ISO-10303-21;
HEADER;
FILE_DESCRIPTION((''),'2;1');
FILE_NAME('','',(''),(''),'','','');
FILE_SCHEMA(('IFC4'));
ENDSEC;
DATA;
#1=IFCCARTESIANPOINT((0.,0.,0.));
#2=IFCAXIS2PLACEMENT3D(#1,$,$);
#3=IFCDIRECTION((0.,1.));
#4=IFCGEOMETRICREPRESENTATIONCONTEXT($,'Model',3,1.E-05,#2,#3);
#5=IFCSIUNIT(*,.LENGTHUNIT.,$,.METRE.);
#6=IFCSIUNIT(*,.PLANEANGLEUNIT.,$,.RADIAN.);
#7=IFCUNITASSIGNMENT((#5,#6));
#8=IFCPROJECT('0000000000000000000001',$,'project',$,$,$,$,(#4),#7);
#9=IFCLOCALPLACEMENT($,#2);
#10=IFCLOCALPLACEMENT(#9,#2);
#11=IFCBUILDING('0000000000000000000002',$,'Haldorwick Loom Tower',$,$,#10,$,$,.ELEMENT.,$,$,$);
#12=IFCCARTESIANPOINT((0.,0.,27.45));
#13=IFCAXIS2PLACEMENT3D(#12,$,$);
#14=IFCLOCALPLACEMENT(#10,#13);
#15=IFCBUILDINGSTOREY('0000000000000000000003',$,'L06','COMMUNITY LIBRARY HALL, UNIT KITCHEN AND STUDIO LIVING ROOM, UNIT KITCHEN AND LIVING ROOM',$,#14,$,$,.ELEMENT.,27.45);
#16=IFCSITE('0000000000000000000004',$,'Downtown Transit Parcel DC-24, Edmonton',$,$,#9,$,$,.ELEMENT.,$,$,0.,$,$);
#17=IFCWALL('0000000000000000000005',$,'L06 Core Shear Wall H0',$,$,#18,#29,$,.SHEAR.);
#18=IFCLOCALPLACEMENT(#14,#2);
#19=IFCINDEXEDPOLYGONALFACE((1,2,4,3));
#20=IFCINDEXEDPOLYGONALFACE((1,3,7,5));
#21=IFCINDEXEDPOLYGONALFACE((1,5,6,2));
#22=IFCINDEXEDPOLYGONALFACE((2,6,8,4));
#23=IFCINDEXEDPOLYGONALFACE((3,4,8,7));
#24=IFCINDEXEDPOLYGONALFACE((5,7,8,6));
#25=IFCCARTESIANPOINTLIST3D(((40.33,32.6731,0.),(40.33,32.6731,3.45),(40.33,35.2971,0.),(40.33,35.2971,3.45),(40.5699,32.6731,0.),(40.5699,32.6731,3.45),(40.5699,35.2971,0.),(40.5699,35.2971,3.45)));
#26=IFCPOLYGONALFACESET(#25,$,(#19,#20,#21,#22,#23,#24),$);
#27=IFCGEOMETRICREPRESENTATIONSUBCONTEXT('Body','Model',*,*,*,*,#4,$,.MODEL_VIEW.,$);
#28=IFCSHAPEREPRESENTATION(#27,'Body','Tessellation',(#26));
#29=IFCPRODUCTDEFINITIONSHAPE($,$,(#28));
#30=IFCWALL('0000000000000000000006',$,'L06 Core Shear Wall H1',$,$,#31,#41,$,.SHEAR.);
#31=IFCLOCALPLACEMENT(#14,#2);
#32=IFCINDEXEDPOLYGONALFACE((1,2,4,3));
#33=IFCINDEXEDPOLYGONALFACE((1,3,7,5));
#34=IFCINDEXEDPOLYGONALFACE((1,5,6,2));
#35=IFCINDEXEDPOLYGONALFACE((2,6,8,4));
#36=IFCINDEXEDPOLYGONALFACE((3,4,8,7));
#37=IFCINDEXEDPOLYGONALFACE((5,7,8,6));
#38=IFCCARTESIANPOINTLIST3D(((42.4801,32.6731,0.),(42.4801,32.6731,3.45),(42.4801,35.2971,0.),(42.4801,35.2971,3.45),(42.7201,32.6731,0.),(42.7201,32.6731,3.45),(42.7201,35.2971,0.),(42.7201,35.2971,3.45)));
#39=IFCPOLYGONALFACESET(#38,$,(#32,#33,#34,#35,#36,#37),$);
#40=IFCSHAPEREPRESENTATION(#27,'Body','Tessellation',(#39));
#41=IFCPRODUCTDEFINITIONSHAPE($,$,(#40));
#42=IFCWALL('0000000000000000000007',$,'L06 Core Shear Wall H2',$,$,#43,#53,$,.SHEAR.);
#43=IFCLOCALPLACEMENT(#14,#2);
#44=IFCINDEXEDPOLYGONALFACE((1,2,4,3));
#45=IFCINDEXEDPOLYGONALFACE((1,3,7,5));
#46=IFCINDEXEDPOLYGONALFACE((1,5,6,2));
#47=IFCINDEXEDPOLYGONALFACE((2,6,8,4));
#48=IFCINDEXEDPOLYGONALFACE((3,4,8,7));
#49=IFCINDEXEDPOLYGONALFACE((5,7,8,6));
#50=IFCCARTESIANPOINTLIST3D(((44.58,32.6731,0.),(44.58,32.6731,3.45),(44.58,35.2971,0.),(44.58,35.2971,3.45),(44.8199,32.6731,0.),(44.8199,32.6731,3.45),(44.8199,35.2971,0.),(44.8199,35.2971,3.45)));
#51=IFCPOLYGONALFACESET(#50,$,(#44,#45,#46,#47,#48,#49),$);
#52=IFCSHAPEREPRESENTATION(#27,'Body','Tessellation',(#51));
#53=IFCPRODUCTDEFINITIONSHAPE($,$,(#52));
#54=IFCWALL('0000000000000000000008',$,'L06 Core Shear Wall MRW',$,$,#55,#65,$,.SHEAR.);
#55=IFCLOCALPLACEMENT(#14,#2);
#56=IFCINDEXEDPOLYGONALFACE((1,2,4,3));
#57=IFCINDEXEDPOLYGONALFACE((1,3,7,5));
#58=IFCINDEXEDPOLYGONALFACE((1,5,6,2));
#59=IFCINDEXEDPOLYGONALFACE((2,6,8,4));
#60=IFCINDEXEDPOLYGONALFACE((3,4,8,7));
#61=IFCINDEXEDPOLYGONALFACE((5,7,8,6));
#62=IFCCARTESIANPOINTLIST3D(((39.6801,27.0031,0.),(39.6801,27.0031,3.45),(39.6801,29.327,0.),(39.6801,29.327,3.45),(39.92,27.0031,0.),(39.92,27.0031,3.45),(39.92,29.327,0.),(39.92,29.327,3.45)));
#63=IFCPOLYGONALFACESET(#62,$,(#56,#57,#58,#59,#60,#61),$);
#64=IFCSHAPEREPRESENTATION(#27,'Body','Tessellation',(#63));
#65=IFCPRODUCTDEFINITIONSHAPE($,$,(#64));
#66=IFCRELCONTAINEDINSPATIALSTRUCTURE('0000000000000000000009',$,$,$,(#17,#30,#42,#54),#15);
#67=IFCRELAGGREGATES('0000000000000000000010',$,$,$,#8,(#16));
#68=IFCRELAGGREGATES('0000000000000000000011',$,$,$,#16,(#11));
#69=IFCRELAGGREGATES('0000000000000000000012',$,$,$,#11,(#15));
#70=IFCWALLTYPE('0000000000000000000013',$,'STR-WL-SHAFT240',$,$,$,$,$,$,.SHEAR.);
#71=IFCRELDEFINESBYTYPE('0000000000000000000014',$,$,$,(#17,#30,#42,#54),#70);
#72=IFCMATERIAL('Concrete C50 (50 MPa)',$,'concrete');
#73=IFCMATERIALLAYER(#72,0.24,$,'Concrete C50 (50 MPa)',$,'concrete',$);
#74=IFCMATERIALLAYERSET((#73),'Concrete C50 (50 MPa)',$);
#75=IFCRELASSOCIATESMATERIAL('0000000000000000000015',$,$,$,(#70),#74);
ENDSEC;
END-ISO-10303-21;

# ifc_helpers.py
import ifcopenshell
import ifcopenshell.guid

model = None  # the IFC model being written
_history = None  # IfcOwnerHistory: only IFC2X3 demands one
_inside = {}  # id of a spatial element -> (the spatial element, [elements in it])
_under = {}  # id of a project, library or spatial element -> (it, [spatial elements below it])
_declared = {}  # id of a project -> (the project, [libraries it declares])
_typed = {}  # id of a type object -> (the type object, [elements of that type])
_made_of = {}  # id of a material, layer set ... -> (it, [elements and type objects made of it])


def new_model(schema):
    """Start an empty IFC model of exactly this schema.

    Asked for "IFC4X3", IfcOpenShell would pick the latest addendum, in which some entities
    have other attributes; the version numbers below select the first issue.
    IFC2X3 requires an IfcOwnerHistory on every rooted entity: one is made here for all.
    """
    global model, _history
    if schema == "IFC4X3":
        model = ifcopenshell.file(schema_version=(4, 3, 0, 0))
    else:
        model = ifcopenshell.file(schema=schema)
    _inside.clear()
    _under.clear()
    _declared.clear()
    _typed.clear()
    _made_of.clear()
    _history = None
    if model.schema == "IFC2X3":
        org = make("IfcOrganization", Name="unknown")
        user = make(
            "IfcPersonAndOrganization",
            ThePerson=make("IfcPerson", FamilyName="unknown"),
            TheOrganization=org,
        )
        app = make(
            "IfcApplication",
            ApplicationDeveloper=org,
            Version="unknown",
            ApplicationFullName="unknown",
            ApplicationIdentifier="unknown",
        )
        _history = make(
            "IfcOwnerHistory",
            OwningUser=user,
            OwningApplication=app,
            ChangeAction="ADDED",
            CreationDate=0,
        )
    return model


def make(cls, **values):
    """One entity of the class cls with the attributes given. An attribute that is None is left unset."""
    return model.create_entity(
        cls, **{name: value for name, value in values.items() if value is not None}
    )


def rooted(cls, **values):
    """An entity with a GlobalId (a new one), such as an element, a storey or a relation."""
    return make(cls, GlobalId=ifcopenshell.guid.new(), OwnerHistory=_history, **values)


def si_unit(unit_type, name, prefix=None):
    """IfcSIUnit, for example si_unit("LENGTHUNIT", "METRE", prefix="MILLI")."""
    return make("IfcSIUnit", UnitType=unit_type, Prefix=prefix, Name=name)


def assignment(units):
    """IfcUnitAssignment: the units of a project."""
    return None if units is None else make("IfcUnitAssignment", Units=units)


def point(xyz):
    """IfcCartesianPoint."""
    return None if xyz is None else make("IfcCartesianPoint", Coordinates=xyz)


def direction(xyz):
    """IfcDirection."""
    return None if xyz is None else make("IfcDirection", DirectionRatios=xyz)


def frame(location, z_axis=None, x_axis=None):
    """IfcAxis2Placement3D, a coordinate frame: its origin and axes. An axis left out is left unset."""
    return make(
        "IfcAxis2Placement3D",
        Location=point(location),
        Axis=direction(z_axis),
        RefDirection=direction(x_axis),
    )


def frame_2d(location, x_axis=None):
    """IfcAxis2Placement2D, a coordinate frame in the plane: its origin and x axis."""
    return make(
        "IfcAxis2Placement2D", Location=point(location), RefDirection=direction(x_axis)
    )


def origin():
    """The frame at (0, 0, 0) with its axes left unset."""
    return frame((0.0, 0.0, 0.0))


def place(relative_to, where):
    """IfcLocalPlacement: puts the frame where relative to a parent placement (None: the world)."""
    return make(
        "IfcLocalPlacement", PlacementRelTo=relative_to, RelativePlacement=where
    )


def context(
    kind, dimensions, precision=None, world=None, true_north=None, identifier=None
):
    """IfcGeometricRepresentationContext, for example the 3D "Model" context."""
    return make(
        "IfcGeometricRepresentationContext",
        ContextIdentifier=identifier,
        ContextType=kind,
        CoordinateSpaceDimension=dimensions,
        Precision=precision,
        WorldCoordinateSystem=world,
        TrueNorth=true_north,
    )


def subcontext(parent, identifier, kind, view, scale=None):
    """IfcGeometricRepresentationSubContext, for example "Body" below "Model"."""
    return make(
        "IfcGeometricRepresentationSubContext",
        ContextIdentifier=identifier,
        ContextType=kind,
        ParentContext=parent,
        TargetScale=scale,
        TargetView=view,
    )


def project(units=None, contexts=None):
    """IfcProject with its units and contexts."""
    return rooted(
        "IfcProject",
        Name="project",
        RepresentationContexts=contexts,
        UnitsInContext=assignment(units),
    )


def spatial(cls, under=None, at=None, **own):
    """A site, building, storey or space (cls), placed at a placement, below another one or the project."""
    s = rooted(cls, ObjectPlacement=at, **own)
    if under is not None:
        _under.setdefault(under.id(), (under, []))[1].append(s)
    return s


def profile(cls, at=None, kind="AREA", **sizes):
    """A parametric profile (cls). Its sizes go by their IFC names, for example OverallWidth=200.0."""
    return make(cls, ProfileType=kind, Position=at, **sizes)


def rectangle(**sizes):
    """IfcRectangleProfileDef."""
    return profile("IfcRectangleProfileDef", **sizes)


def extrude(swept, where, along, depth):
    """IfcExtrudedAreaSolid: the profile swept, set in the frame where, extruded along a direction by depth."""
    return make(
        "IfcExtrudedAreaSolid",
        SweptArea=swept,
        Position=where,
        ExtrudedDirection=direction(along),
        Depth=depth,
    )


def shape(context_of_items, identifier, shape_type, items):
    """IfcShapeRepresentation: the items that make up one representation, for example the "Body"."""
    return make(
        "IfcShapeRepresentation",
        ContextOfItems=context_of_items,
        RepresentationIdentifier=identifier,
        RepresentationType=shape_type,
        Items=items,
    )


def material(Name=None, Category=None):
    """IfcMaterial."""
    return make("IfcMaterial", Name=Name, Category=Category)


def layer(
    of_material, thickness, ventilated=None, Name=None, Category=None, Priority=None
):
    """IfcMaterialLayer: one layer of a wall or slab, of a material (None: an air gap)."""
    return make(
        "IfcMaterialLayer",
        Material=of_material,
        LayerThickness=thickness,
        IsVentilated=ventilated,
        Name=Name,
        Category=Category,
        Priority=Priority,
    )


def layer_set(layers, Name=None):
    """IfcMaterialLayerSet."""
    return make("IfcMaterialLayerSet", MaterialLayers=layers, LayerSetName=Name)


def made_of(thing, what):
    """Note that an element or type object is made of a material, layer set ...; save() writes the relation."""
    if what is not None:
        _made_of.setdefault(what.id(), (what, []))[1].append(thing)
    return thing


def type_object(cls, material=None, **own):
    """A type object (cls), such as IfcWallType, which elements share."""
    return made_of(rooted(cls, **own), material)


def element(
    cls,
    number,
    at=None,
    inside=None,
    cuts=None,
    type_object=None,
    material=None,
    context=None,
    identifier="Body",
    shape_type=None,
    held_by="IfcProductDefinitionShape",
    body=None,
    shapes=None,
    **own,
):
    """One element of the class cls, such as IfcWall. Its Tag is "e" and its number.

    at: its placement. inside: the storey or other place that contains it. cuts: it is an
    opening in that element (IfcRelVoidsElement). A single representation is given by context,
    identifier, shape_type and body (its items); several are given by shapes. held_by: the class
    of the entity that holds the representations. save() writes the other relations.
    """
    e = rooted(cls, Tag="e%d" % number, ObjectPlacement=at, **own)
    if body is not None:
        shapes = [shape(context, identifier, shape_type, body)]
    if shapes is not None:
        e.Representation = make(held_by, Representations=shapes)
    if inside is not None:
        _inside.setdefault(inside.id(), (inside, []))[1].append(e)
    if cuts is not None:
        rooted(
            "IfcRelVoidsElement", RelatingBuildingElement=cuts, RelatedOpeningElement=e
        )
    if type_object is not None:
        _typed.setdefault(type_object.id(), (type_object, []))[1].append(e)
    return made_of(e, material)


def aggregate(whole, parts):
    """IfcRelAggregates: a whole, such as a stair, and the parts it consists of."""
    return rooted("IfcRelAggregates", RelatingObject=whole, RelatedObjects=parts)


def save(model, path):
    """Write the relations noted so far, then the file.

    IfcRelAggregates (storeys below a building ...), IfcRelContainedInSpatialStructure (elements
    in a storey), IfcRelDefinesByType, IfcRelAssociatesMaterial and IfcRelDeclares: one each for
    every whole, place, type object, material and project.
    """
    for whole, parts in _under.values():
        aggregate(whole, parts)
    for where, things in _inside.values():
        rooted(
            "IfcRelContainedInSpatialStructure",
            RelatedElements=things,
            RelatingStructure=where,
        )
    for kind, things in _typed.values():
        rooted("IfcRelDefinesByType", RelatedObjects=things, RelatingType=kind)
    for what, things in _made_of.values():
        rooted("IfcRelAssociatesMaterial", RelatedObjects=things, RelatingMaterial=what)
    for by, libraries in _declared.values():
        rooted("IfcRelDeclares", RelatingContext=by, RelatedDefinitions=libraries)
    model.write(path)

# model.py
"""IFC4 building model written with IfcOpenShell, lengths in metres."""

from ifc_helpers import new_model, si_unit, direction, frame, frame_2d, origin, place, context, subcontext, project, spatial, rectangle, extrude, material, layer, layer_set, type_object, element, save


model = new_model("IFC4")

# Units and contexts
model_context = context("Model", 3, precision=1e-05, world=origin(), true_north=direction((0.0, 1.0)))
body_context = subcontext(model_context, "Body", "Model", "MODEL_VIEW")
ifc_project = project(units=[si_unit("LENGTHUNIT", "METRE"), si_unit("PLANEANGLEUNIT", "RADIAN")], contexts=[model_context])

# Site, building, storey
site_placement = place(None, origin())
site = spatial("IfcSite", under=ifc_project, at=site_placement, Name="Downtown Transit Parcel DC-24, Edmonton", CompositionType="ELEMENT", RefElevation=0.0)
building_placement = place(site_placement, origin())
building = spatial("IfcBuilding", under=site, at=building_placement, Name="Haldorwick Loom Tower", CompositionType="ELEMENT")
storey_placement = place(building_placement, frame((0.0, 0.0, 27.45)))
storey = spatial("IfcBuildingStorey", under=building, at=storey_placement, Name="L06", Description="COMMUNITY LIBRARY HALL, UNIT KITCHEN AND STUDIO LIVING ROOM, UNIT KITCHEN AND LIVING ROOM", CompositionType="ELEMENT", Elevation=27.45)

# Shared definitions
ifc_material_1 = material(Name="Concrete C50 (50 MPa)", Category="concrete")
ifc_layer_1 = layer(ifc_material_1, 0.24, Name="Concrete C50 (50 MPa)", Category="concrete")
ifc_layer_set_1 = layer_set([ifc_layer_1], Name="Concrete C50 (50 MPa)")
wall_type_1 = type_object("IfcWallType", Name="STR-WL-SHAFT240", PredefinedType="SHEAR", material=ifc_layer_set_1)

# Walls
for number, where, z_axis, x_axis, name in (
    (1, (40.45, 32.6731, 0.0), (0.0, 0.0, 1.0), (0.0, 1.0, 0.0), "L06 Core Shear Wall H0"),
    (2, (42.6001, 32.6731, 0.0), (0.0, 0.0, 1.0), (0.0, 1.0, 0.0), "L06 Core Shear Wall H1"),
    (3, (44.7, 32.6731, 0.0), (0.0, 0.0, 1.0), (0.0, 1.0, 0.0), "L06 Core Shear Wall H2"),
):
    element("IfcWall", number, at=place(storey_placement, frame(where, z_axis=z_axis, x_axis=x_axis)), inside=storey, type_object=wall_type_1, Name=name, PredefinedType="SHEAR", context=body_context, shape_type="SweptSolid", body=[
        extrude(rectangle(XDim=2.624, YDim=0.24, at=frame_2d((1.312, 0.0))), origin(), (0.0, 0.0, 1.0), 3.45),
    ])
wall_1_placement = place(storey_placement, frame((39.8, 27.0029, 0.0), z_axis=(0.0, 0.0, 1.0), x_axis=(0.0, 1.0, 0.0)))
element("IfcWall", 4, at=wall_1_placement, inside=storey, type_object=wall_type_1, Name="L06 Core Shear Wall MRW", PredefinedType="SHEAR", context=body_context, shape_type="SweptSolid", body=[
    extrude(rectangle(XDim=2.324, YDim=0.24, at=frame_2d((1.1621, 0.0))), origin(), (0.0, 0.0, 1.0), 3.45),
])

save(model, "model.ifc")
